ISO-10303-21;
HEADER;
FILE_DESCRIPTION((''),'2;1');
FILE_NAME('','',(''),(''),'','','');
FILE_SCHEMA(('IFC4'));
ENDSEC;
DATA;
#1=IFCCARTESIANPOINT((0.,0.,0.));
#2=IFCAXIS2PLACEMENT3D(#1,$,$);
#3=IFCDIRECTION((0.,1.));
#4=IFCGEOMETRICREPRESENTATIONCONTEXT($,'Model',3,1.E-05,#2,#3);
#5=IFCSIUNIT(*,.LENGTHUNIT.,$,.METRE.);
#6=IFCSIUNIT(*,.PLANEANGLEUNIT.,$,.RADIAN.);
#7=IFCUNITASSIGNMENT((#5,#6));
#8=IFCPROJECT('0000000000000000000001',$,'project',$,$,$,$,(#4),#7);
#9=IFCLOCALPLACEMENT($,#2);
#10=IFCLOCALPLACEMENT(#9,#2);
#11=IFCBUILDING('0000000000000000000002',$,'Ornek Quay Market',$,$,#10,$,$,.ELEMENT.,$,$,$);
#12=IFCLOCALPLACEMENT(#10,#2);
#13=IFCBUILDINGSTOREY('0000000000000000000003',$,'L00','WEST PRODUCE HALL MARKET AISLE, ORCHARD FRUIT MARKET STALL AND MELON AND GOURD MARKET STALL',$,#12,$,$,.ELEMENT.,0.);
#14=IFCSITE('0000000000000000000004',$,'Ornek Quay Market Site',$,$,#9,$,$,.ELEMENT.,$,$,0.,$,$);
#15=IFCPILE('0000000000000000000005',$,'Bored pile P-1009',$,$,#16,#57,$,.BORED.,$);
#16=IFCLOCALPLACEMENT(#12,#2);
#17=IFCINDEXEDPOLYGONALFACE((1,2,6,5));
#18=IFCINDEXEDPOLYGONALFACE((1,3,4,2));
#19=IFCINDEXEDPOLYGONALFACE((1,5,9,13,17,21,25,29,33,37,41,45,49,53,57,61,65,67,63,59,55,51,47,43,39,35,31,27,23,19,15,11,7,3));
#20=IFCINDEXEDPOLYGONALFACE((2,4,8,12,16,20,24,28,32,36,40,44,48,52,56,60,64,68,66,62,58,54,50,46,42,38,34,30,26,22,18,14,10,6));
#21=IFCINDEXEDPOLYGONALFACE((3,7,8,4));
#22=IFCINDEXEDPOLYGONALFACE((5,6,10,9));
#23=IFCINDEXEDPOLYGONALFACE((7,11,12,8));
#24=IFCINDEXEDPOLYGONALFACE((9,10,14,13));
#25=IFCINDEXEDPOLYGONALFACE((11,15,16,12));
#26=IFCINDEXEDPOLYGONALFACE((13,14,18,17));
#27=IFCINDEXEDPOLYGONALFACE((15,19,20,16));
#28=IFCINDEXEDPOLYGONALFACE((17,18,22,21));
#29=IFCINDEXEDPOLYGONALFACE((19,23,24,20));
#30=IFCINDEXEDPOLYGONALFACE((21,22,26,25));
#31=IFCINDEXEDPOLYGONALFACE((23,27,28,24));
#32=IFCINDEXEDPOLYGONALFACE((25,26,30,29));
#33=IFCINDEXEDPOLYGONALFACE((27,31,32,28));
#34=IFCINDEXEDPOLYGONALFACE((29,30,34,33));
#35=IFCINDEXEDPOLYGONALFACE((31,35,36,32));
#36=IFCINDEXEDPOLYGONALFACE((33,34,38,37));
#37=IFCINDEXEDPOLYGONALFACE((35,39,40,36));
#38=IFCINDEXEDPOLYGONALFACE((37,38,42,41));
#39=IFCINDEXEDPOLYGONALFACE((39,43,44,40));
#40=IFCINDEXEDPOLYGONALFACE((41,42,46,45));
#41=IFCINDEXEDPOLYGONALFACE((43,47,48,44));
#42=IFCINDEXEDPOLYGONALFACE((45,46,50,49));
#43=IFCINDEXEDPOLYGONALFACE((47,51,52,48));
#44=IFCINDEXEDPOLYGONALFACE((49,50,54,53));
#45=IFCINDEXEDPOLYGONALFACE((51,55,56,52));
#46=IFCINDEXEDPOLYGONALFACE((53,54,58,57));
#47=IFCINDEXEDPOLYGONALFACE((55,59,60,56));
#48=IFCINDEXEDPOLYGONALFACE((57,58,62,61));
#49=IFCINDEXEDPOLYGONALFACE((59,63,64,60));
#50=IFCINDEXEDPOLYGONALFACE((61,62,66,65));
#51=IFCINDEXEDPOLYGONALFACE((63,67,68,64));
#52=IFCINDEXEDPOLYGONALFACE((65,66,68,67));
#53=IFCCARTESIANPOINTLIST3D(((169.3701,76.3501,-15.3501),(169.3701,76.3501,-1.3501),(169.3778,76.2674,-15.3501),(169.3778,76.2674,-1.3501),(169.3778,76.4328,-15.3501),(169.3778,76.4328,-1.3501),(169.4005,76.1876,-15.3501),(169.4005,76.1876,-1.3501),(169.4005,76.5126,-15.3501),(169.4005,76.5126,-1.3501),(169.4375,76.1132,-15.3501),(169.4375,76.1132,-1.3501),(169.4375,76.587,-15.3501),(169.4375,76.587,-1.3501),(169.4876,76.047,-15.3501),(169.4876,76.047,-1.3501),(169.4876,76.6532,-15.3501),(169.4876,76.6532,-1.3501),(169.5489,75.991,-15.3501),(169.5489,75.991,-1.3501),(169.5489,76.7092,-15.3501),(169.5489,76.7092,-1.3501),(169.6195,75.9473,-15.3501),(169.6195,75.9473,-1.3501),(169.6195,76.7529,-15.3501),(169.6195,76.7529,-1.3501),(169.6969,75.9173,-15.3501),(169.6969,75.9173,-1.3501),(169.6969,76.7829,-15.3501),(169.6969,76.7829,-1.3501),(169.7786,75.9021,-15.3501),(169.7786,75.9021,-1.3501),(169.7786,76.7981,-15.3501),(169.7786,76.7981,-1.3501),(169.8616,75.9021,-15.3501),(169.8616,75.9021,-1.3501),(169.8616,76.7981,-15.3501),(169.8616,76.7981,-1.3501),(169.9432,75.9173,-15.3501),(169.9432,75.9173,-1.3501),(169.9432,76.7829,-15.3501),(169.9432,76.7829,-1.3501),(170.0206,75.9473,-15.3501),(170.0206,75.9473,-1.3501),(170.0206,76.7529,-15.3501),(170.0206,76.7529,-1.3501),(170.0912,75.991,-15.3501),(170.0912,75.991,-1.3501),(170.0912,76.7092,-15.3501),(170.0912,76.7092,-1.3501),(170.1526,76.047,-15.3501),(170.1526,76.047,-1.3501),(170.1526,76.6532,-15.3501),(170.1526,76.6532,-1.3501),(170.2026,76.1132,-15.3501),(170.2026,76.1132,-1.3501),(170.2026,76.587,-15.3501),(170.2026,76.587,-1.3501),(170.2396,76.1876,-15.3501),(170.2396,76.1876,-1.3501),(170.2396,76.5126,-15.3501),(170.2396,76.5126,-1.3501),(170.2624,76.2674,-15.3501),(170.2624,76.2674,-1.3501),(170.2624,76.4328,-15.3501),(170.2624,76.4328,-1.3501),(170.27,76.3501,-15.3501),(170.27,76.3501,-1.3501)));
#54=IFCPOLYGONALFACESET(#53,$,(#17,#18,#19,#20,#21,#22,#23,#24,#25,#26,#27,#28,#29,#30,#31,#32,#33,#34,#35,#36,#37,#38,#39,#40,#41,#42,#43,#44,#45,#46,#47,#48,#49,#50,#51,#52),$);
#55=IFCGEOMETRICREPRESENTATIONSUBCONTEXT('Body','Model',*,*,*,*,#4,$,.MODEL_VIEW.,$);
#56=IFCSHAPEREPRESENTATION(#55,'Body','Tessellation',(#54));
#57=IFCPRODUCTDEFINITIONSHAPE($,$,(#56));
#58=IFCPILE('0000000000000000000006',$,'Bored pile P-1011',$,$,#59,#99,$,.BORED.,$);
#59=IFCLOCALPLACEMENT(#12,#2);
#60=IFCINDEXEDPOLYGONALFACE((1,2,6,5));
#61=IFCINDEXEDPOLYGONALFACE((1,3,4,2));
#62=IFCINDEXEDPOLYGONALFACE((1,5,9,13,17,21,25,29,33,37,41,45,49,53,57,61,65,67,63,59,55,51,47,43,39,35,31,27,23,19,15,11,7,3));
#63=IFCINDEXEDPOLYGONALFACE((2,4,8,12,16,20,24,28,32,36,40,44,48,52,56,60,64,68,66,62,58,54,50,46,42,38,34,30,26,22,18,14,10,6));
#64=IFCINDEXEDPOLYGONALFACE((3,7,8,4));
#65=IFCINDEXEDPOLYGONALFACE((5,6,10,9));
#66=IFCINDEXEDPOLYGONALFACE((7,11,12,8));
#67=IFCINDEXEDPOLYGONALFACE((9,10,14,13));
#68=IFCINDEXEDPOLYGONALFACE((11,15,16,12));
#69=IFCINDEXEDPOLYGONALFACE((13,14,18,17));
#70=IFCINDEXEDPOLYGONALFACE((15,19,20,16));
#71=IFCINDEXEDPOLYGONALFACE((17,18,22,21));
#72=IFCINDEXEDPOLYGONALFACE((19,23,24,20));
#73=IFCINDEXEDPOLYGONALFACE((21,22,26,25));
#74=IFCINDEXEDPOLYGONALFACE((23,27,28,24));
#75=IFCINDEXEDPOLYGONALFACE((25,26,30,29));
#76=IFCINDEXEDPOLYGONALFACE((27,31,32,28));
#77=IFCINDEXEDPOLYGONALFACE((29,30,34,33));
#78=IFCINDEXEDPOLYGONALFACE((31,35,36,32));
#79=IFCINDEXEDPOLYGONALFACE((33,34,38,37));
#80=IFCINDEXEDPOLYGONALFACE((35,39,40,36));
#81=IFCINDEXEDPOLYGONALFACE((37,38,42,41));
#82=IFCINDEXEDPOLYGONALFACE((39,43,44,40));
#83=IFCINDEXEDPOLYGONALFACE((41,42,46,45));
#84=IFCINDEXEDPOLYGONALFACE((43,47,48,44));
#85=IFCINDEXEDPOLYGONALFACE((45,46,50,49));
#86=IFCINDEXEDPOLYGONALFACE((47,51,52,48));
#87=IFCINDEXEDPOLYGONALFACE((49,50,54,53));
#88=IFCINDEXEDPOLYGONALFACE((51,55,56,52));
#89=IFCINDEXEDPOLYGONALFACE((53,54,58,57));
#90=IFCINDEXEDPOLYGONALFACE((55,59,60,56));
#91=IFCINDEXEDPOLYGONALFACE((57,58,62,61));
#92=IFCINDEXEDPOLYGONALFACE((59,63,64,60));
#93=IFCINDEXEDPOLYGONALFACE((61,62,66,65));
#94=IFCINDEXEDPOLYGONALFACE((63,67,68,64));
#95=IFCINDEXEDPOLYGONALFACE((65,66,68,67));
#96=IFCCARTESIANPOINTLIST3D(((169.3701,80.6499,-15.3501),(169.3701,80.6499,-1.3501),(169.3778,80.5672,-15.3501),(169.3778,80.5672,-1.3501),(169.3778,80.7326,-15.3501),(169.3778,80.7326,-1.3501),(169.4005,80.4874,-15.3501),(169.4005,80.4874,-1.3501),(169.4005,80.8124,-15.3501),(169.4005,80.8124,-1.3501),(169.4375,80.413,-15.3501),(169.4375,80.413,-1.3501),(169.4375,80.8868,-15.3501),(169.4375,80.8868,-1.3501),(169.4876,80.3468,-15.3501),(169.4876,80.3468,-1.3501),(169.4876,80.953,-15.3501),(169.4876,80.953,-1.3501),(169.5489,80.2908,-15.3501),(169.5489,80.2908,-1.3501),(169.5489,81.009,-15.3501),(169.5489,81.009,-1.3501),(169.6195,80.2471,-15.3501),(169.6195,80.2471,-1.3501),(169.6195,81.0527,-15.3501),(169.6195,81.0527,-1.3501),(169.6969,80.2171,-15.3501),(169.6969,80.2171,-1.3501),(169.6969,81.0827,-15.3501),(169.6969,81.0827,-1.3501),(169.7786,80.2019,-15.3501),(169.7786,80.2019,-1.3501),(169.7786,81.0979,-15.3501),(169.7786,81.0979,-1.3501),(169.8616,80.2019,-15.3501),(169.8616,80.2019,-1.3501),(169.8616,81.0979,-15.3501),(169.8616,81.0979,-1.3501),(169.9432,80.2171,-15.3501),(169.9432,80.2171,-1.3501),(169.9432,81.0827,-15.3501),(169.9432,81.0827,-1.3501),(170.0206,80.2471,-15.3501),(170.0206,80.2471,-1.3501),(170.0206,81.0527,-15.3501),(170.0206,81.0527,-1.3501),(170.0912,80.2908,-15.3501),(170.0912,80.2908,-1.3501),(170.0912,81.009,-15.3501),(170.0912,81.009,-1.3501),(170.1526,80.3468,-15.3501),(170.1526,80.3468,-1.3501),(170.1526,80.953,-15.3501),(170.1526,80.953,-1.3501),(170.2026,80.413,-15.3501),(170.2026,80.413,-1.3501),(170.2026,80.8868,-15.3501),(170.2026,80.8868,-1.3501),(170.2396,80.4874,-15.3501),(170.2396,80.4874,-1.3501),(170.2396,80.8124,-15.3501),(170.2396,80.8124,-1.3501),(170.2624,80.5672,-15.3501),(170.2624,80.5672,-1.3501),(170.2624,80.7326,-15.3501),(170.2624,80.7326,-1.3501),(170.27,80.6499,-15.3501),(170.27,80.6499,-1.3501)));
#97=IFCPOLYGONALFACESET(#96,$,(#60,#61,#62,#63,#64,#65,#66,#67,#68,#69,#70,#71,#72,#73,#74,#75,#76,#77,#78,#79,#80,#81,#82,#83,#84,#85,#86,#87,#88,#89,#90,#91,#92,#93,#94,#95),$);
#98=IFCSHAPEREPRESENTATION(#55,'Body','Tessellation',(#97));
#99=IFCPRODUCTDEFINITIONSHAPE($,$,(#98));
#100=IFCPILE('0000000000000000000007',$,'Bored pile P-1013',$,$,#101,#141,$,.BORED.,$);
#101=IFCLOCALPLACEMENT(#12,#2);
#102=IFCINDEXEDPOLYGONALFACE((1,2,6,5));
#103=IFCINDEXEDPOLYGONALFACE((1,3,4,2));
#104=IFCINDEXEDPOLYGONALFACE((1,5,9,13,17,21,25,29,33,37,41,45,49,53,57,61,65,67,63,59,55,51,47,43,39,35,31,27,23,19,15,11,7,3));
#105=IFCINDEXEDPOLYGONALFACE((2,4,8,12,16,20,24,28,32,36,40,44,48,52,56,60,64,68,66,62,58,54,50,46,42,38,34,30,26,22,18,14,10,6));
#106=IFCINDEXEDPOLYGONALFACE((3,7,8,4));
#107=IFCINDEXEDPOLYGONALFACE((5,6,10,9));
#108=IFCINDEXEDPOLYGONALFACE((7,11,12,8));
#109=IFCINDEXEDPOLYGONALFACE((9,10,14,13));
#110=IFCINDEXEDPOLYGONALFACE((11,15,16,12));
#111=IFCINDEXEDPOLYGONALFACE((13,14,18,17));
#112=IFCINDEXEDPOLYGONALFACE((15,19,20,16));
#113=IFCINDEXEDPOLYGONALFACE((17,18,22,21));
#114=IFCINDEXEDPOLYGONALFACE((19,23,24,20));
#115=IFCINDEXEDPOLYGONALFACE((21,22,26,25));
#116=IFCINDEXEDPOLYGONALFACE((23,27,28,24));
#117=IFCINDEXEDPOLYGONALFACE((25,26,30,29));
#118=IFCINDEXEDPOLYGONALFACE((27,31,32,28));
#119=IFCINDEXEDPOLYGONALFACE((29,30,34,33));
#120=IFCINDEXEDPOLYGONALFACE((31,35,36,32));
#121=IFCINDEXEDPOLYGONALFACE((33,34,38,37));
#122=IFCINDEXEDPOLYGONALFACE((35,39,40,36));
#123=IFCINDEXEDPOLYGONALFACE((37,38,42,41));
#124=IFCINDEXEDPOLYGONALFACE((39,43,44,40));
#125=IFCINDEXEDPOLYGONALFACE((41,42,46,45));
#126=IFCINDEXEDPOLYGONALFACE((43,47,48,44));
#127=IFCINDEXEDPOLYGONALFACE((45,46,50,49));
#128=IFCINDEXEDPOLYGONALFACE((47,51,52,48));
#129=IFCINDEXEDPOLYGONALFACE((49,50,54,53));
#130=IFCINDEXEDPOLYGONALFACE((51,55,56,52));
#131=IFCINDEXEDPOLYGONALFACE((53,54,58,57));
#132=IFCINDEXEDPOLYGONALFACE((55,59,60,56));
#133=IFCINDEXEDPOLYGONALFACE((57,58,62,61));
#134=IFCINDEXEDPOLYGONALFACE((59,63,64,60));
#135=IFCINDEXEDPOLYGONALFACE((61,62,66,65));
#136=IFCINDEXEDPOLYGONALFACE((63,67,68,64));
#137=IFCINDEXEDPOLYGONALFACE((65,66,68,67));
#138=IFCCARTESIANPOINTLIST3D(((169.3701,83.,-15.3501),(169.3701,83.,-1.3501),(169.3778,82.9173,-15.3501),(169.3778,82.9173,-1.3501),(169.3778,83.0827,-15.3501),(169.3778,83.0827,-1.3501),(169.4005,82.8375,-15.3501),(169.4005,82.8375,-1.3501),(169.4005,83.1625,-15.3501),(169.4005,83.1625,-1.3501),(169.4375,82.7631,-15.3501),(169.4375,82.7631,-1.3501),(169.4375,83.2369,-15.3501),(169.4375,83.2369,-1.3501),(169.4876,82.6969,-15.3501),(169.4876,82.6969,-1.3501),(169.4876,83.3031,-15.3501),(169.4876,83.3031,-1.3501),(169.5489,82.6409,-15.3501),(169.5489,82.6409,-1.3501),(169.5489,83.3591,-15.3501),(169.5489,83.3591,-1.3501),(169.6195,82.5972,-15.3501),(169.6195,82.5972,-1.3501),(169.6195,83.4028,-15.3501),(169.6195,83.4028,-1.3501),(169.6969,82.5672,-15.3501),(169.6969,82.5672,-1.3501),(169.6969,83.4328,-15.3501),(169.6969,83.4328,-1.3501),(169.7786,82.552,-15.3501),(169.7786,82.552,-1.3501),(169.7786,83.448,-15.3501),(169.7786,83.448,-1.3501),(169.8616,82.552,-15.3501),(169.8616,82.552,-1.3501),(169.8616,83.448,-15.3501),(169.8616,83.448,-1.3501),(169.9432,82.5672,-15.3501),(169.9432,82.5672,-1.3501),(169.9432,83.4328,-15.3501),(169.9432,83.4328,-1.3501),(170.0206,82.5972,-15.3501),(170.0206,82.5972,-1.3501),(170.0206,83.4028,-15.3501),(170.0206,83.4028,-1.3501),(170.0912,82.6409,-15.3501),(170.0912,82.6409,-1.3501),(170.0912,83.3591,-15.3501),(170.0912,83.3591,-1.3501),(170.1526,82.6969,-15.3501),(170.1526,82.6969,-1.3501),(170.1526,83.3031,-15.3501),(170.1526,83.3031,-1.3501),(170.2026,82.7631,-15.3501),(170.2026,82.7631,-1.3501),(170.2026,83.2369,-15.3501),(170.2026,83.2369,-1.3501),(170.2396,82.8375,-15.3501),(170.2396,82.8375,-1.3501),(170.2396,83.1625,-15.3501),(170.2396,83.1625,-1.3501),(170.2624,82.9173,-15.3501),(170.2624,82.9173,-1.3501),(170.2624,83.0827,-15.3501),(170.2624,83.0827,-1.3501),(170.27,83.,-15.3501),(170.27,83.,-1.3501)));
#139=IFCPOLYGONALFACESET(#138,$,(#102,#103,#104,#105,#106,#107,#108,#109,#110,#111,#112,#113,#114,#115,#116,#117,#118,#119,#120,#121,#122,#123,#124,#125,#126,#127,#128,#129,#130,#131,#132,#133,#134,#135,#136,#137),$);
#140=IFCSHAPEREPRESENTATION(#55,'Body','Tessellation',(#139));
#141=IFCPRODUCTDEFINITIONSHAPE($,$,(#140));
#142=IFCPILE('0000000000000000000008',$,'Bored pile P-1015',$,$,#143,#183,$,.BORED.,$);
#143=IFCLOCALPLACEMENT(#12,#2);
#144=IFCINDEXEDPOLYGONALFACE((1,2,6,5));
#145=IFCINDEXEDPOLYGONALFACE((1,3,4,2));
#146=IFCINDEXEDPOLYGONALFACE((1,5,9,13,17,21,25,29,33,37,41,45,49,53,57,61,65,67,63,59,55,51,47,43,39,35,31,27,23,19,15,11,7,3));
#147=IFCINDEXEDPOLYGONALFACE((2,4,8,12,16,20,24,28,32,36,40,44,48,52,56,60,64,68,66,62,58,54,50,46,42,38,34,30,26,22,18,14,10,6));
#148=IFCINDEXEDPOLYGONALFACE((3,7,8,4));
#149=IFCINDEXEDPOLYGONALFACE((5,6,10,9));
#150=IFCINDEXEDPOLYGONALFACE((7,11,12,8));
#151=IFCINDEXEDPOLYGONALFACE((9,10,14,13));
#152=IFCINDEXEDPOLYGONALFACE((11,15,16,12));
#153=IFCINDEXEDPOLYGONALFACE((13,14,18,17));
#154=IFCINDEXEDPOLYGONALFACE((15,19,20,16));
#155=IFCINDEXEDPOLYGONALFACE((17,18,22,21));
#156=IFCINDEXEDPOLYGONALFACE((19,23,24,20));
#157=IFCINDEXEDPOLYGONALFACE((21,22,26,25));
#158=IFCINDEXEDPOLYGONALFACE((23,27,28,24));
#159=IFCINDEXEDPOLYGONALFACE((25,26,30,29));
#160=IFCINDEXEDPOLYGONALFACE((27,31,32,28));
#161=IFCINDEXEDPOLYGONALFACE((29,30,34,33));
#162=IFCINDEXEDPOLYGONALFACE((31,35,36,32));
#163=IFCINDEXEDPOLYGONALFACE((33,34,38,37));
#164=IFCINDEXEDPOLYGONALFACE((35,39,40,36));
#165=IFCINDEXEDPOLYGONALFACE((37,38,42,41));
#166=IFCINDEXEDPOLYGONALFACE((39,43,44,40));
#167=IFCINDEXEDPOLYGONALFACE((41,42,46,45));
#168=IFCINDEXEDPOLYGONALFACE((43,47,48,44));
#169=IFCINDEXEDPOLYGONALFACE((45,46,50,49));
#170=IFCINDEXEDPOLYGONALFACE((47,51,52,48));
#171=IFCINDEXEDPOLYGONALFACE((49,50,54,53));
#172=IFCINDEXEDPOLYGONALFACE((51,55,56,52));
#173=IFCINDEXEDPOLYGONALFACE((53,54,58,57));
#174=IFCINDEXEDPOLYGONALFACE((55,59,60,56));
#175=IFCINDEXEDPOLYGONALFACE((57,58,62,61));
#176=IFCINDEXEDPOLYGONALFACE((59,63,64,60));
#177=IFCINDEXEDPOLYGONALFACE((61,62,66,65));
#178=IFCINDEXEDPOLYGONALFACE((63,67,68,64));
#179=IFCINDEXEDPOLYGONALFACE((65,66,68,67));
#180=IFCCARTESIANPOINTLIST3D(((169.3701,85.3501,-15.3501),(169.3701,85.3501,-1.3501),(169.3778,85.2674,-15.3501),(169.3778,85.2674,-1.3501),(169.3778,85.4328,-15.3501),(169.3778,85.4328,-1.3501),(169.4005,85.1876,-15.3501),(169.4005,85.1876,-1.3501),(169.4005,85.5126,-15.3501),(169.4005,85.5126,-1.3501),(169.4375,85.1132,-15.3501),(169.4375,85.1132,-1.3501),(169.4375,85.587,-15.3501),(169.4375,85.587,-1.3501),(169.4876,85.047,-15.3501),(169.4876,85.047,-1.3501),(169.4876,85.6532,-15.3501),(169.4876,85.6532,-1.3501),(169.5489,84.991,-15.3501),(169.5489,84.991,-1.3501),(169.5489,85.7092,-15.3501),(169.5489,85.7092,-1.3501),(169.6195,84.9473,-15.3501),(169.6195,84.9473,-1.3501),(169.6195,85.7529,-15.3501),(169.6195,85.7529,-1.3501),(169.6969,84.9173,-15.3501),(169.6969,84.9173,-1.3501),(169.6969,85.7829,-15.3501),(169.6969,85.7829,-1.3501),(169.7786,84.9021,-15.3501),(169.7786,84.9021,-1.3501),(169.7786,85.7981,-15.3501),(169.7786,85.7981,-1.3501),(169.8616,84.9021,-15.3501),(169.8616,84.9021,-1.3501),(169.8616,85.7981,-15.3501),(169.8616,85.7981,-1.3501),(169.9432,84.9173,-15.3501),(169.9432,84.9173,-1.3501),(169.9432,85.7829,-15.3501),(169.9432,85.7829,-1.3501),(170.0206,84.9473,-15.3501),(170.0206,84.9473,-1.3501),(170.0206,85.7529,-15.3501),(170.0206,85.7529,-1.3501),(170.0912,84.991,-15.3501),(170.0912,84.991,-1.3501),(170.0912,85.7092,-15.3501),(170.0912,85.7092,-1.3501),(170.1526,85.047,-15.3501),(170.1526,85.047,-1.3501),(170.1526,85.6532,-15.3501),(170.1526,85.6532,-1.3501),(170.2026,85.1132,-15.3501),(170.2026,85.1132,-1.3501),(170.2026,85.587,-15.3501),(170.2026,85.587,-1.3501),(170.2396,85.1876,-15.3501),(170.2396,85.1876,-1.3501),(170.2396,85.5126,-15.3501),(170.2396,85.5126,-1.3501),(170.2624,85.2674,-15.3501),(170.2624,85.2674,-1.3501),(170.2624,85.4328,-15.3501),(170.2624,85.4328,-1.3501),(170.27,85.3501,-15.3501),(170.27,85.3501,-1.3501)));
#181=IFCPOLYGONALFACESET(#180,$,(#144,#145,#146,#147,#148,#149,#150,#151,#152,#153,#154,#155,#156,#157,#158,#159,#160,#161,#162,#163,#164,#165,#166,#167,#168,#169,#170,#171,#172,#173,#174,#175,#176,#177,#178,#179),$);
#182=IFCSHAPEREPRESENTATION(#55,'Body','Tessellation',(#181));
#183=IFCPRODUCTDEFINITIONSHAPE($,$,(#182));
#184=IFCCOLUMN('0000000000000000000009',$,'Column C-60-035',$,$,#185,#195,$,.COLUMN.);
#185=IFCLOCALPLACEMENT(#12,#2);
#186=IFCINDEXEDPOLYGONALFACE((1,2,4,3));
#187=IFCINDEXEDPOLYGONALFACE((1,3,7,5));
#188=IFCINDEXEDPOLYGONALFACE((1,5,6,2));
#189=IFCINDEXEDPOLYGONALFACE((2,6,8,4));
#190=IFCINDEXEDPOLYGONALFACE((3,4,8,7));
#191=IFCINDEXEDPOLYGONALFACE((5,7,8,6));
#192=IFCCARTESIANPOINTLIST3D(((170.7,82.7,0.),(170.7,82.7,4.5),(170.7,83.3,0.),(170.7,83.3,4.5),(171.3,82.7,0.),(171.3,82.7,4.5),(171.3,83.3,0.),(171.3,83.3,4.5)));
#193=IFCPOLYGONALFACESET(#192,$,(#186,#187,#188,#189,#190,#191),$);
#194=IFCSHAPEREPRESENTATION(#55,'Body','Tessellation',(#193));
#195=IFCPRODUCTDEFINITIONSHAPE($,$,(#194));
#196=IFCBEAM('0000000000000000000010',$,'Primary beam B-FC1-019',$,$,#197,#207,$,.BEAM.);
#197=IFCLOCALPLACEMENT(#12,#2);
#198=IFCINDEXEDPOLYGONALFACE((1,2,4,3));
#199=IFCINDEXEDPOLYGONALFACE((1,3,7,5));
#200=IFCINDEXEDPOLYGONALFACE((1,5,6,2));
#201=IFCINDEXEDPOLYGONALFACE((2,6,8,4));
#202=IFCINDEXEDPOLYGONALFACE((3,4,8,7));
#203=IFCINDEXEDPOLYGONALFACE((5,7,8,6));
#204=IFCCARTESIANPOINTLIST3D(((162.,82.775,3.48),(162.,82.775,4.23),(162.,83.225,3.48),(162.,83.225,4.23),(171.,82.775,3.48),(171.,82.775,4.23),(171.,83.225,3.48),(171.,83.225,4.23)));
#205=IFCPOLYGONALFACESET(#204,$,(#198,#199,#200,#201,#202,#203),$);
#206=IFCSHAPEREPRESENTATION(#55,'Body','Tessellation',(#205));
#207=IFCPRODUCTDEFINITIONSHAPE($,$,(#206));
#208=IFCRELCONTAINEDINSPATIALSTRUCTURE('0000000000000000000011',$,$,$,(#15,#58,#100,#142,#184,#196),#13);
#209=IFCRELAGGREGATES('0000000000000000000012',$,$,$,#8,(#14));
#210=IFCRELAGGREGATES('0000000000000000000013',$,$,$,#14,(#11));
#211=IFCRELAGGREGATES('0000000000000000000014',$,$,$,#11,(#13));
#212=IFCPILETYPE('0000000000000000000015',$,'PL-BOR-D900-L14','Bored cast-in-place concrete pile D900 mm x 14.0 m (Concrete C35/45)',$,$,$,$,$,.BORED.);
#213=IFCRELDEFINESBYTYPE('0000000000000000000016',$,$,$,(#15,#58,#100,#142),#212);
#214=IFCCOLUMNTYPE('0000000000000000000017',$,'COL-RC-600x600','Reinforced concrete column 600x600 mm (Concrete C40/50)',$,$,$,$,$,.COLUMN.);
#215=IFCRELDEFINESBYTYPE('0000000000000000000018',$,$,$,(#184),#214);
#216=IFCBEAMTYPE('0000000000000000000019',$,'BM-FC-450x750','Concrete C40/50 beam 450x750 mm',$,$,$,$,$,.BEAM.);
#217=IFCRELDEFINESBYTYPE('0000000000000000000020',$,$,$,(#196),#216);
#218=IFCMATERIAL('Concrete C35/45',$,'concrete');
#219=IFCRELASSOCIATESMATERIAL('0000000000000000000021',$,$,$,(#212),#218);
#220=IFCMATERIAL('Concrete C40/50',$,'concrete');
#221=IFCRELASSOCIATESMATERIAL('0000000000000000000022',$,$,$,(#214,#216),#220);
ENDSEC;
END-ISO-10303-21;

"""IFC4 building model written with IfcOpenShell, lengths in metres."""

from ifc_helpers import new_model, si_unit, direction, frame, origin, origin_2d, place, context, subcontext, project, spatial, rectangle, circle, extrude, material, material_profile, profile_set, type_object, element, save


model = new_model("IFC4")

# Units and contexts
model_context = context("Model", 3, precision=1e-05, world=origin(), true_north=direction((0.0, 1.0)))
body_context = subcontext(model_context, "Body", "Model", "MODEL_VIEW")
ifc_project = project(units=[si_unit("LENGTHUNIT", "METRE"), si_unit("PLANEANGLEUNIT", "RADIAN")], contexts=[model_context])

# Site, building, storey
site_placement = place(None, origin())
site = spatial("IfcSite", under=ifc_project, at=site_placement, Name="Ornek Quay Market Site", CompositionType="ELEMENT", RefElevation=0.0)
building_placement = place(site_placement, origin())
building = spatial("IfcBuilding", under=site, at=building_placement, Name="Ornek Quay Market", CompositionType="ELEMENT")
storey_placement = place(building_placement, origin())
storey = spatial("IfcBuildingStorey", under=building, at=storey_placement, Name="L00", Description="WEST PRODUCE HALL MARKET AISLE, ORCHARD FRUIT MARKET STALL AND MELON AND GOURD MARKET STALL", CompositionType="ELEMENT", Elevation=0.0)

# Piles
ifc_material_1 = material(Name="Concrete C35/45", Category="concrete")
ifc_material_profile_1 = material_profile(ifc_material_1, circle(Radius=0.45, at=origin_2d()), Name="PILE D900", Category="concrete")
ifc_profile_set_1 = profile_set([ifc_material_profile_1], Name="Concrete C35/45")
pile_type = type_object("IfcPileType", Name="PL-BOR-D900-L14", Description="Bored cast-in-place concrete pile D900 mm x 14.0 m (Concrete C35/45)", PredefinedType="BORED", material=ifc_profile_set_1)
for number, where, z_axis, x_axis, name in (
    (1, (169.8201, 76.3501, -1.3501), (0.0, 0.0, -1.0), (1.0, 0.0, 0.0), "Bored pile P-1009"),
    (2, (169.8201, 80.6499, -1.3501), (0.0, 0.0, -1.0), (1.0, 0.0, 0.0), "Bored pile P-1011"),
    (3, (169.8201, 83.0, -1.3501), (0.0, 0.0, -1.0), (1.0, 0.0, 0.0), "Bored pile P-1013"),
    (4, (169.8201, 85.3501, -1.3501), (0.0, 0.0, -1.0), (1.0, 0.0, 0.0), "Bored pile P-1015"),
):
    element("IfcPile", number, at=place(storey_placement, frame(where, z_axis=z_axis, x_axis=x_axis)), inside=storey, type_object=pile_type, Name=name, PredefinedType="BORED", context=body_context, shape_type="SweptSolid", body=[
        extrude(circle(Radius=0.45, at=origin_2d()), origin(), (0.0, 0.0, 1.0), 14.0),
    ])

# Column
ifc_material_2 = material(Name="Concrete C40/50", Category="concrete")
ifc_material_profile_2 = material_profile(ifc_material_2, rectangle(XDim=0.6001, YDim=0.6001, at=origin_2d()), Name="RC 600x600", Category="concrete")
ifc_profile_set_2 = profile_set([ifc_material_profile_2], Name="Concrete C40/50")
column_type = type_object("IfcColumnType", Name="COL-RC-600x600", Description="Reinforced concrete column 600x600 mm (Concrete C40/50)", PredefinedType="COLUMN", material=ifc_profile_set_2)
column_placement = place(storey_placement, frame((171.0, 83.0, 0.0), z_axis=(0.0, 0.0, 1.0), x_axis=(1.0, 0.0, 0.0)))
element("IfcColumn", 5, at=column_placement, inside=storey, type_object=column_type, Name="Column C-60-035", PredefinedType="COLUMN", context=body_context, shape_type="SweptSolid", body=[
    extrude(rectangle(XDim=0.6001, YDim=0.6001, at=origin_2d()), origin(), (0.0, 0.0, 1.0), 4.5),
])

# Beam
ifc_material_profile_3 = material_profile(ifc_material_2, rectangle(XDim=0.45, YDim=0.75, at=origin_2d()), Name="RC 450x750", Category="concrete")
ifc_profile_set_3 = profile_set([ifc_material_profile_3], Name="Concrete C40/50")
beam_type_1 = type_object("IfcBeamType", Name="BM-FC-450x750", Description="Concrete C40/50 beam 450x750 mm", PredefinedType="BEAM", material=ifc_profile_set_3)
for number, where, z_axis, x_axis, name in (
    (6, (162.0, 83.0, 3.855), (1.0, 0.0, 0.0), (0.0, 1.0, 0.0), "Primary beam B-FC1-019"),
):
    element("IfcBeam", number, at=place(storey_placement, frame(where, z_axis=z_axis, x_axis=x_axis)), inside=storey, type_object=beam_type_1, Name=name, PredefinedType="BEAM", context=body_context, shape_type="SweptSolid", body=[
        extrude(rectangle(XDim=0.45, YDim=0.75, at=origin_2d()), origin(), (0.0, 0.0, 1.0), 9.0),
    ])

save(model, "model.ifc")
